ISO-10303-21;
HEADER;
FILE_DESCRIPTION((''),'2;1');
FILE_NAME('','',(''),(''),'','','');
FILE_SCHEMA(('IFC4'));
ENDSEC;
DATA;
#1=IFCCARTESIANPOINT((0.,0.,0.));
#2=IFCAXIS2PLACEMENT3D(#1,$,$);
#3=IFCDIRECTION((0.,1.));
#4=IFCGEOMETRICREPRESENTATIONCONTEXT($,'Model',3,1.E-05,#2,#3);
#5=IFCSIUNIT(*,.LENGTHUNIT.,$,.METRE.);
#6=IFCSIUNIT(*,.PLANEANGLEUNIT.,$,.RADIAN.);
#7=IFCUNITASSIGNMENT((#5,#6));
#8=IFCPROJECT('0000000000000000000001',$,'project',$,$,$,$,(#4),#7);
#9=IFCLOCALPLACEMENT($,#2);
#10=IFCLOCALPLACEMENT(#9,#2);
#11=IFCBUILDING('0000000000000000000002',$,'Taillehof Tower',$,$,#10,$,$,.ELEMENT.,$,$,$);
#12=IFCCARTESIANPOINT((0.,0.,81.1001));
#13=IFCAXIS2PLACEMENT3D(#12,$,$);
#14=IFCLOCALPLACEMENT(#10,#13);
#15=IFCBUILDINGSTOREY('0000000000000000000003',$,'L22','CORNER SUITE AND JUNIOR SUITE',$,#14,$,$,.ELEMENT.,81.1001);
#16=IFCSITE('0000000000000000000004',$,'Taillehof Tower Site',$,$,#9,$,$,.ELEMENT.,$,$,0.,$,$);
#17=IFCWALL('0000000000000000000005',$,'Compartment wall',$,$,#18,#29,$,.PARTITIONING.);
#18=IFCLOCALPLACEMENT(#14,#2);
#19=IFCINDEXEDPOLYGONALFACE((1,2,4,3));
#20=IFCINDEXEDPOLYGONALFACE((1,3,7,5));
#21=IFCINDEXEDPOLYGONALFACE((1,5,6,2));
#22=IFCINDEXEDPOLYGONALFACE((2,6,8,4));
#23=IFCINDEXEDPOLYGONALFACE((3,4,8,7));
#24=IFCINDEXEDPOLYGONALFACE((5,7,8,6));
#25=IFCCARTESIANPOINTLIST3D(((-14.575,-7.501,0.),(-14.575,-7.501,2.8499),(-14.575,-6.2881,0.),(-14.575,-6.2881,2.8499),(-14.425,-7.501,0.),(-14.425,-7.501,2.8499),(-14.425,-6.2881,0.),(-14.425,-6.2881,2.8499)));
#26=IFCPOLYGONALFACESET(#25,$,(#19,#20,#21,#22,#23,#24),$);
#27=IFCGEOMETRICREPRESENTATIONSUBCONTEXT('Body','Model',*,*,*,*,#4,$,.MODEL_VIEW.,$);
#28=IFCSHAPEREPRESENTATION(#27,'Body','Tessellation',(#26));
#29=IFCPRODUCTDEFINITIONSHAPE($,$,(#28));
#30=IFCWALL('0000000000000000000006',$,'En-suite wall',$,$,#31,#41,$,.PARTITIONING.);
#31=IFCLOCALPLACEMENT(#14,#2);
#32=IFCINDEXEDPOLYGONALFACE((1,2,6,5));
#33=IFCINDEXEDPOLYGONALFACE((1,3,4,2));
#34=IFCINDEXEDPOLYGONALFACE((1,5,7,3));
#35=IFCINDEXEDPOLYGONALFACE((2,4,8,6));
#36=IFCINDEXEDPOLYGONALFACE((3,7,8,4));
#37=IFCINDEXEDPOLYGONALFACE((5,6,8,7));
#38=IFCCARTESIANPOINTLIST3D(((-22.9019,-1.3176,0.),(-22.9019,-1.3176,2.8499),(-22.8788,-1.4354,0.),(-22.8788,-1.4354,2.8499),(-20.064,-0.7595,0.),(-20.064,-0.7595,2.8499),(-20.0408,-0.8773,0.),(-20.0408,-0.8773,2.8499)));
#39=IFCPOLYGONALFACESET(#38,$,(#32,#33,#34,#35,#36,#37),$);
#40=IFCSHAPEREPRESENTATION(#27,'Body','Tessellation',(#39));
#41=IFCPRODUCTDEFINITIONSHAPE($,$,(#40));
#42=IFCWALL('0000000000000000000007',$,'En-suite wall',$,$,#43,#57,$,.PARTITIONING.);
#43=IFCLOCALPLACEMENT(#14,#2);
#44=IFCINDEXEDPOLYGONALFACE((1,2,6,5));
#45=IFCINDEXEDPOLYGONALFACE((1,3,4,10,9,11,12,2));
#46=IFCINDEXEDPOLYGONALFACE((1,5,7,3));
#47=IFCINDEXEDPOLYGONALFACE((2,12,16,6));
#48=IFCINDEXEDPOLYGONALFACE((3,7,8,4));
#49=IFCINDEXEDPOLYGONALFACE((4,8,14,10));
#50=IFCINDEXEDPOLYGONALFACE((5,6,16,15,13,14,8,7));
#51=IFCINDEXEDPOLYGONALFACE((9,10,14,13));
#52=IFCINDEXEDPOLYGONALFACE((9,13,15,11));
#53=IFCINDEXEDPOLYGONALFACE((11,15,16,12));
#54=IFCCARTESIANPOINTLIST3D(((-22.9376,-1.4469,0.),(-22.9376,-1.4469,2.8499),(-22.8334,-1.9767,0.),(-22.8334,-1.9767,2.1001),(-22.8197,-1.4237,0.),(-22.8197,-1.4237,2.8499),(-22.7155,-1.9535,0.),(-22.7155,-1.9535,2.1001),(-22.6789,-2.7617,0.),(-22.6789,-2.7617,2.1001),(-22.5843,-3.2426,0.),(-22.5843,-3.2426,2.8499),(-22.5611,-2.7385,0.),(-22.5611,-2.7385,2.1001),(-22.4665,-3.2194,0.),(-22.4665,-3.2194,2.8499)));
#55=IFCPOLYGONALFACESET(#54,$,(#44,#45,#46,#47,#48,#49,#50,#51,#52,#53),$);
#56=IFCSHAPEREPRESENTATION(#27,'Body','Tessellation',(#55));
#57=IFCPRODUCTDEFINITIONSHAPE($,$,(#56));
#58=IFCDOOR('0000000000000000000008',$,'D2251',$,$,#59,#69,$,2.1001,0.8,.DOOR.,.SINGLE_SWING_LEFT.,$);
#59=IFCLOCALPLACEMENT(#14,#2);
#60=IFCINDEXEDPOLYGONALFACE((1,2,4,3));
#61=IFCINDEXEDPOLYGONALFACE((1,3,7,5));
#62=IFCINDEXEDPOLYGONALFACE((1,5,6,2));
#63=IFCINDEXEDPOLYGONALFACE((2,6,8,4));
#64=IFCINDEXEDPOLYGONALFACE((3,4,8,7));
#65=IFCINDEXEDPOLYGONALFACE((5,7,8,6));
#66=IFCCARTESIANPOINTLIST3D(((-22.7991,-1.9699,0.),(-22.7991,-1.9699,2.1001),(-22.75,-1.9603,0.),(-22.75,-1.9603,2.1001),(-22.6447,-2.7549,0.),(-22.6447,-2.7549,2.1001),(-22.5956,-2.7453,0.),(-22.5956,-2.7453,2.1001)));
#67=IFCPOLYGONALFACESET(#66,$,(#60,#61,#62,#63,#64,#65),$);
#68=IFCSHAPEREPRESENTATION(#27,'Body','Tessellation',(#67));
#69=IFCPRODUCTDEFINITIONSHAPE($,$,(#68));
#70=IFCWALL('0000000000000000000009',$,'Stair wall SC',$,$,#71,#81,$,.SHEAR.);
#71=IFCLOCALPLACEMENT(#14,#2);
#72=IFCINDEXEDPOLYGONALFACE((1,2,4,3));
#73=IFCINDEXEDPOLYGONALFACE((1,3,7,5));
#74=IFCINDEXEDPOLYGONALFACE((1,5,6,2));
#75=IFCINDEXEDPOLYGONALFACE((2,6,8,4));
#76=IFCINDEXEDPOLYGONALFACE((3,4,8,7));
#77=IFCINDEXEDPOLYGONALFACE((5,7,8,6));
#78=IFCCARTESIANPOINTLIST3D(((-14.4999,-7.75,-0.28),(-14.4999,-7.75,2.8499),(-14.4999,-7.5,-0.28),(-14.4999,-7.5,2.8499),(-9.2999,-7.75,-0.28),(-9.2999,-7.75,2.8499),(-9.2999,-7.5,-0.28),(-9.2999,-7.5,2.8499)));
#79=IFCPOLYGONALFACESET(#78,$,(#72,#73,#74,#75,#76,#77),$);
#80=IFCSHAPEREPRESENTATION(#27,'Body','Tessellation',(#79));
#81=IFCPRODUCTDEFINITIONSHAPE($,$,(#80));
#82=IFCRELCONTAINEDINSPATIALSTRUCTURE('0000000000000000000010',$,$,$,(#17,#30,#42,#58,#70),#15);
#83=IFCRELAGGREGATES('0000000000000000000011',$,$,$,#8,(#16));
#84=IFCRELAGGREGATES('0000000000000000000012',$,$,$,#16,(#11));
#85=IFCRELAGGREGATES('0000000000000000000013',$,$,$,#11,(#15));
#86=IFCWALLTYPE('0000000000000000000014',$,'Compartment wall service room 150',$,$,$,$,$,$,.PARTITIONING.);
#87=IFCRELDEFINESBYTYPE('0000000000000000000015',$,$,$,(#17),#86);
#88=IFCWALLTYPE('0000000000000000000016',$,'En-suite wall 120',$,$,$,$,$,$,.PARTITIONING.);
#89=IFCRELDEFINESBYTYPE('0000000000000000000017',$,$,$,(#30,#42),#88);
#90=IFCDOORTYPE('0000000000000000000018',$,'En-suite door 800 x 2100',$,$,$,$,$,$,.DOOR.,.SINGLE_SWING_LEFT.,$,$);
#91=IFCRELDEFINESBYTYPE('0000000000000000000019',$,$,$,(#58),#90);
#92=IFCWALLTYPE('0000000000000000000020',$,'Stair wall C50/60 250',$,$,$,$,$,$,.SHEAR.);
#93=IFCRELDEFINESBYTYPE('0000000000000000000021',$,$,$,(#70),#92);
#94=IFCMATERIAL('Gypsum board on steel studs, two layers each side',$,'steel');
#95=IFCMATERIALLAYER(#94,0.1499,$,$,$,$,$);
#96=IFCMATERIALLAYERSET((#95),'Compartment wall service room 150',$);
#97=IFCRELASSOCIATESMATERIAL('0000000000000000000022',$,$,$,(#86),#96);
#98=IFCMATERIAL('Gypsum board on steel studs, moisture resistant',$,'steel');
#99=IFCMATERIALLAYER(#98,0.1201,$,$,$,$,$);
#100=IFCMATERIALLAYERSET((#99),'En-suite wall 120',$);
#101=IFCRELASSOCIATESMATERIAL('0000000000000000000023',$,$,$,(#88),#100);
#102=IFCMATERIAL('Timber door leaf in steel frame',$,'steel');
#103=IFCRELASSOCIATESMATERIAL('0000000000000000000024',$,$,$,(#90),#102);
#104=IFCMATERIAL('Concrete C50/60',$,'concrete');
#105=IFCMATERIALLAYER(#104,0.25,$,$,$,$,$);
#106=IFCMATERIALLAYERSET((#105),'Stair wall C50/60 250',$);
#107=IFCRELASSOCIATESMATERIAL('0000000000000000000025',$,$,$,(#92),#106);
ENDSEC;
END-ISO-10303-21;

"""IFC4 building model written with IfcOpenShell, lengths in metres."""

from ifc_helpers import new_model, si_unit, direction, frame, frame_2d, origin, place, context, subcontext, project, spatial, rectangle, extrude, material, layer, layer_set, type_object, element, fill, save


model = new_model("IFC4")

# Units and contexts
model_context = context("Model", 3, precision=1e-05, world=origin(), true_north=direction((0.0, 1.0)))
body_context = subcontext(model_context, "Body", "Model", "MODEL_VIEW")
ifc_project = project(units=[si_unit("LENGTHUNIT", "METRE"), si_unit("PLANEANGLEUNIT", "RADIAN")], contexts=[model_context])

# Site, building, storey
site_placement = place(None, origin())
site = spatial("IfcSite", under=ifc_project, at=site_placement, Name="Taillehof Tower Site", CompositionType="ELEMENT", RefElevation=0.0)
building_placement = place(site_placement, origin())
building = spatial("IfcBuilding", under=site, at=building_placement, Name="Taillehof Tower", CompositionType="ELEMENT")
storey_placement = place(building_placement, frame((0.0, 0.0, 81.1001)))
storey = spatial("IfcBuildingStorey", under=building, at=storey_placement, Name="L22", Description="CORNER SUITE AND JUNIOR SUITE", CompositionType="ELEMENT", Elevation=81.1001)

# Shared definitions
ifc_material_1 = material(Name="Gypsum board on steel studs, two layers each side", Category="steel")
ifc_layer_1 = layer(ifc_material_1, 0.1499)
ifc_layer_set_1 = layer_set([ifc_layer_1], Name="Compartment wall service room 150")
wall_type_1 = type_object("IfcWallType", Name="Compartment wall service room 150", PredefinedType="PARTITIONING", material=ifc_layer_set_1)

# Walls
wall_1_placement = place(storey_placement, frame((-14.5, -6.2881, 0.0), z_axis=(0.0, 0.0, 1.0), x_axis=(0.0, -1.0, 0.0)))
element("IfcWall", 1, at=wall_1_placement, inside=storey, type_object=wall_type_1, Name="Compartment wall", PredefinedType="PARTITIONING", context=body_context, shape_type="SweptSolid", body=[
    extrude(rectangle(XDim=1.2129, YDim=0.1499, at=frame_2d((0.6064, 0.0))), origin(), (0.0, 0.0, 1.0), 2.8499),
])
ifc_material_2 = material(Name="Gypsum board on steel studs, moisture resistant", Category="steel")
ifc_layer_2 = layer(ifc_material_2, 0.1201)
ifc_layer_set_2 = layer_set([ifc_layer_2], Name="En-suite wall 120")
wall_type_2 = type_object("IfcWallType", Name="En-suite wall 120", PredefinedType="PARTITIONING", material=ifc_layer_set_2)
wall_2_placement = place(storey_placement, frame((-20.0522, -0.8184, 0.0), z_axis=(0.0, 0.0, 1.0), x_axis=(-0.981205, -0.192966, 0.0)))
element("IfcWall", 2, at=wall_2_placement, inside=storey, type_object=wall_type_2, Name="En-suite wall", PredefinedType="PARTITIONING", context=body_context, shape_type="SweptSolid", body=[
    extrude(rectangle(XDim=2.8923, YDim=0.1201, at=frame_2d((1.4463, 0.0))), origin(), (0.0, 0.0, 1.0), 2.8499),
])

# Wall, opening, door
wall_3_placement = place(storey_placement, frame((-22.8787, -1.4353, 0.0), z_axis=(0.0, 0.0, 1.0), x_axis=(0.193037, -0.981192, 0.0)))
wall_3 = element("IfcWall", 3, at=wall_3_placement, inside=storey, type_object=wall_type_2, Name="En-suite wall", PredefinedType="PARTITIONING", context=body_context, shape_type="SweptSolid", body=[
    extrude(rectangle(XDim=1.8301, YDim=0.1201, at=frame_2d((0.915, 0.0))), origin(), (0.0, 0.0, 1.0), 2.8499),
])
opening_1_placement = place(wall_3_placement, frame((0.54, 0.0, 0.0)))
opening_1 = element("IfcOpeningElement", 4, at=opening_1_placement, cuts=wall_3, PredefinedType="OPENING", context=body_context, shape_type="SweptSolid", body=[
    extrude(rectangle(XDim=0.8, YDim=2.1001, at=frame_2d((0.3999, 1.05))), frame((0.0, 0.0701, 0.0), z_axis=(0.0, -1.0, 0.0), x_axis=(1.0, 0.0, 0.0)), (0.0, 0.0, 1.0), 0.1401),
])
ifc_material_3 = material(Name="Timber door leaf in steel frame", Category="steel")
door_type_1 = type_object("IfcDoorType", Name="En-suite door 800 x 2100", OperationType="SINGLE_SWING_LEFT", PredefinedType="DOOR", material=ifc_material_3)
door_1_placement = place(opening_1_placement, origin())
door_1 = element("IfcDoor", 5, at=door_1_placement, inside=storey, type_object=door_type_1, Name="D2251", OperationType="SINGLE_SWING_LEFT", OverallHeight=2.1001, OverallWidth=0.8, PredefinedType="DOOR", context=body_context, shape_type="SweptSolid", body=[
    extrude(rectangle(XDim=0.8, YDim=2.1001, at=frame_2d((0.3999, 1.05))), frame((0.0, 0.0249, 0.0), z_axis=(0.0, -1.0, 0.0), x_axis=(1.0, 0.0, 0.0)), (0.0, 0.0, 1.0), 0.05),
])
fill(opening_1, door_1)

# Wall
ifc_material_4 = material(Name="Concrete C50/60", Category="concrete")
ifc_layer_3 = layer(ifc_material_4, 0.25)
ifc_layer_set_3 = layer_set([ifc_layer_3], Name="Stair wall C50/60 250")
wall_type_3 = type_object("IfcWallType", Name="Stair wall C50/60 250", PredefinedType="SHEAR", material=ifc_layer_set_3)
wall_4_placement = place(storey_placement, frame((-14.5, -7.625, -0.28), z_axis=(0.0, 0.0, 1.0), x_axis=(1.0, 0.0, 0.0)))
element("IfcWall", 6, at=wall_4_placement, inside=storey, type_object=wall_type_3, Name="Stair wall SC", PredefinedType="SHEAR", context=body_context, shape_type="SweptSolid", body=[
    extrude(rectangle(XDim=5.2, YDim=0.25, at=frame_2d((2.6001, 0.0))), origin(), (0.0, 0.0, 1.0), 3.1299),
])

save(model, "model.ifc")
